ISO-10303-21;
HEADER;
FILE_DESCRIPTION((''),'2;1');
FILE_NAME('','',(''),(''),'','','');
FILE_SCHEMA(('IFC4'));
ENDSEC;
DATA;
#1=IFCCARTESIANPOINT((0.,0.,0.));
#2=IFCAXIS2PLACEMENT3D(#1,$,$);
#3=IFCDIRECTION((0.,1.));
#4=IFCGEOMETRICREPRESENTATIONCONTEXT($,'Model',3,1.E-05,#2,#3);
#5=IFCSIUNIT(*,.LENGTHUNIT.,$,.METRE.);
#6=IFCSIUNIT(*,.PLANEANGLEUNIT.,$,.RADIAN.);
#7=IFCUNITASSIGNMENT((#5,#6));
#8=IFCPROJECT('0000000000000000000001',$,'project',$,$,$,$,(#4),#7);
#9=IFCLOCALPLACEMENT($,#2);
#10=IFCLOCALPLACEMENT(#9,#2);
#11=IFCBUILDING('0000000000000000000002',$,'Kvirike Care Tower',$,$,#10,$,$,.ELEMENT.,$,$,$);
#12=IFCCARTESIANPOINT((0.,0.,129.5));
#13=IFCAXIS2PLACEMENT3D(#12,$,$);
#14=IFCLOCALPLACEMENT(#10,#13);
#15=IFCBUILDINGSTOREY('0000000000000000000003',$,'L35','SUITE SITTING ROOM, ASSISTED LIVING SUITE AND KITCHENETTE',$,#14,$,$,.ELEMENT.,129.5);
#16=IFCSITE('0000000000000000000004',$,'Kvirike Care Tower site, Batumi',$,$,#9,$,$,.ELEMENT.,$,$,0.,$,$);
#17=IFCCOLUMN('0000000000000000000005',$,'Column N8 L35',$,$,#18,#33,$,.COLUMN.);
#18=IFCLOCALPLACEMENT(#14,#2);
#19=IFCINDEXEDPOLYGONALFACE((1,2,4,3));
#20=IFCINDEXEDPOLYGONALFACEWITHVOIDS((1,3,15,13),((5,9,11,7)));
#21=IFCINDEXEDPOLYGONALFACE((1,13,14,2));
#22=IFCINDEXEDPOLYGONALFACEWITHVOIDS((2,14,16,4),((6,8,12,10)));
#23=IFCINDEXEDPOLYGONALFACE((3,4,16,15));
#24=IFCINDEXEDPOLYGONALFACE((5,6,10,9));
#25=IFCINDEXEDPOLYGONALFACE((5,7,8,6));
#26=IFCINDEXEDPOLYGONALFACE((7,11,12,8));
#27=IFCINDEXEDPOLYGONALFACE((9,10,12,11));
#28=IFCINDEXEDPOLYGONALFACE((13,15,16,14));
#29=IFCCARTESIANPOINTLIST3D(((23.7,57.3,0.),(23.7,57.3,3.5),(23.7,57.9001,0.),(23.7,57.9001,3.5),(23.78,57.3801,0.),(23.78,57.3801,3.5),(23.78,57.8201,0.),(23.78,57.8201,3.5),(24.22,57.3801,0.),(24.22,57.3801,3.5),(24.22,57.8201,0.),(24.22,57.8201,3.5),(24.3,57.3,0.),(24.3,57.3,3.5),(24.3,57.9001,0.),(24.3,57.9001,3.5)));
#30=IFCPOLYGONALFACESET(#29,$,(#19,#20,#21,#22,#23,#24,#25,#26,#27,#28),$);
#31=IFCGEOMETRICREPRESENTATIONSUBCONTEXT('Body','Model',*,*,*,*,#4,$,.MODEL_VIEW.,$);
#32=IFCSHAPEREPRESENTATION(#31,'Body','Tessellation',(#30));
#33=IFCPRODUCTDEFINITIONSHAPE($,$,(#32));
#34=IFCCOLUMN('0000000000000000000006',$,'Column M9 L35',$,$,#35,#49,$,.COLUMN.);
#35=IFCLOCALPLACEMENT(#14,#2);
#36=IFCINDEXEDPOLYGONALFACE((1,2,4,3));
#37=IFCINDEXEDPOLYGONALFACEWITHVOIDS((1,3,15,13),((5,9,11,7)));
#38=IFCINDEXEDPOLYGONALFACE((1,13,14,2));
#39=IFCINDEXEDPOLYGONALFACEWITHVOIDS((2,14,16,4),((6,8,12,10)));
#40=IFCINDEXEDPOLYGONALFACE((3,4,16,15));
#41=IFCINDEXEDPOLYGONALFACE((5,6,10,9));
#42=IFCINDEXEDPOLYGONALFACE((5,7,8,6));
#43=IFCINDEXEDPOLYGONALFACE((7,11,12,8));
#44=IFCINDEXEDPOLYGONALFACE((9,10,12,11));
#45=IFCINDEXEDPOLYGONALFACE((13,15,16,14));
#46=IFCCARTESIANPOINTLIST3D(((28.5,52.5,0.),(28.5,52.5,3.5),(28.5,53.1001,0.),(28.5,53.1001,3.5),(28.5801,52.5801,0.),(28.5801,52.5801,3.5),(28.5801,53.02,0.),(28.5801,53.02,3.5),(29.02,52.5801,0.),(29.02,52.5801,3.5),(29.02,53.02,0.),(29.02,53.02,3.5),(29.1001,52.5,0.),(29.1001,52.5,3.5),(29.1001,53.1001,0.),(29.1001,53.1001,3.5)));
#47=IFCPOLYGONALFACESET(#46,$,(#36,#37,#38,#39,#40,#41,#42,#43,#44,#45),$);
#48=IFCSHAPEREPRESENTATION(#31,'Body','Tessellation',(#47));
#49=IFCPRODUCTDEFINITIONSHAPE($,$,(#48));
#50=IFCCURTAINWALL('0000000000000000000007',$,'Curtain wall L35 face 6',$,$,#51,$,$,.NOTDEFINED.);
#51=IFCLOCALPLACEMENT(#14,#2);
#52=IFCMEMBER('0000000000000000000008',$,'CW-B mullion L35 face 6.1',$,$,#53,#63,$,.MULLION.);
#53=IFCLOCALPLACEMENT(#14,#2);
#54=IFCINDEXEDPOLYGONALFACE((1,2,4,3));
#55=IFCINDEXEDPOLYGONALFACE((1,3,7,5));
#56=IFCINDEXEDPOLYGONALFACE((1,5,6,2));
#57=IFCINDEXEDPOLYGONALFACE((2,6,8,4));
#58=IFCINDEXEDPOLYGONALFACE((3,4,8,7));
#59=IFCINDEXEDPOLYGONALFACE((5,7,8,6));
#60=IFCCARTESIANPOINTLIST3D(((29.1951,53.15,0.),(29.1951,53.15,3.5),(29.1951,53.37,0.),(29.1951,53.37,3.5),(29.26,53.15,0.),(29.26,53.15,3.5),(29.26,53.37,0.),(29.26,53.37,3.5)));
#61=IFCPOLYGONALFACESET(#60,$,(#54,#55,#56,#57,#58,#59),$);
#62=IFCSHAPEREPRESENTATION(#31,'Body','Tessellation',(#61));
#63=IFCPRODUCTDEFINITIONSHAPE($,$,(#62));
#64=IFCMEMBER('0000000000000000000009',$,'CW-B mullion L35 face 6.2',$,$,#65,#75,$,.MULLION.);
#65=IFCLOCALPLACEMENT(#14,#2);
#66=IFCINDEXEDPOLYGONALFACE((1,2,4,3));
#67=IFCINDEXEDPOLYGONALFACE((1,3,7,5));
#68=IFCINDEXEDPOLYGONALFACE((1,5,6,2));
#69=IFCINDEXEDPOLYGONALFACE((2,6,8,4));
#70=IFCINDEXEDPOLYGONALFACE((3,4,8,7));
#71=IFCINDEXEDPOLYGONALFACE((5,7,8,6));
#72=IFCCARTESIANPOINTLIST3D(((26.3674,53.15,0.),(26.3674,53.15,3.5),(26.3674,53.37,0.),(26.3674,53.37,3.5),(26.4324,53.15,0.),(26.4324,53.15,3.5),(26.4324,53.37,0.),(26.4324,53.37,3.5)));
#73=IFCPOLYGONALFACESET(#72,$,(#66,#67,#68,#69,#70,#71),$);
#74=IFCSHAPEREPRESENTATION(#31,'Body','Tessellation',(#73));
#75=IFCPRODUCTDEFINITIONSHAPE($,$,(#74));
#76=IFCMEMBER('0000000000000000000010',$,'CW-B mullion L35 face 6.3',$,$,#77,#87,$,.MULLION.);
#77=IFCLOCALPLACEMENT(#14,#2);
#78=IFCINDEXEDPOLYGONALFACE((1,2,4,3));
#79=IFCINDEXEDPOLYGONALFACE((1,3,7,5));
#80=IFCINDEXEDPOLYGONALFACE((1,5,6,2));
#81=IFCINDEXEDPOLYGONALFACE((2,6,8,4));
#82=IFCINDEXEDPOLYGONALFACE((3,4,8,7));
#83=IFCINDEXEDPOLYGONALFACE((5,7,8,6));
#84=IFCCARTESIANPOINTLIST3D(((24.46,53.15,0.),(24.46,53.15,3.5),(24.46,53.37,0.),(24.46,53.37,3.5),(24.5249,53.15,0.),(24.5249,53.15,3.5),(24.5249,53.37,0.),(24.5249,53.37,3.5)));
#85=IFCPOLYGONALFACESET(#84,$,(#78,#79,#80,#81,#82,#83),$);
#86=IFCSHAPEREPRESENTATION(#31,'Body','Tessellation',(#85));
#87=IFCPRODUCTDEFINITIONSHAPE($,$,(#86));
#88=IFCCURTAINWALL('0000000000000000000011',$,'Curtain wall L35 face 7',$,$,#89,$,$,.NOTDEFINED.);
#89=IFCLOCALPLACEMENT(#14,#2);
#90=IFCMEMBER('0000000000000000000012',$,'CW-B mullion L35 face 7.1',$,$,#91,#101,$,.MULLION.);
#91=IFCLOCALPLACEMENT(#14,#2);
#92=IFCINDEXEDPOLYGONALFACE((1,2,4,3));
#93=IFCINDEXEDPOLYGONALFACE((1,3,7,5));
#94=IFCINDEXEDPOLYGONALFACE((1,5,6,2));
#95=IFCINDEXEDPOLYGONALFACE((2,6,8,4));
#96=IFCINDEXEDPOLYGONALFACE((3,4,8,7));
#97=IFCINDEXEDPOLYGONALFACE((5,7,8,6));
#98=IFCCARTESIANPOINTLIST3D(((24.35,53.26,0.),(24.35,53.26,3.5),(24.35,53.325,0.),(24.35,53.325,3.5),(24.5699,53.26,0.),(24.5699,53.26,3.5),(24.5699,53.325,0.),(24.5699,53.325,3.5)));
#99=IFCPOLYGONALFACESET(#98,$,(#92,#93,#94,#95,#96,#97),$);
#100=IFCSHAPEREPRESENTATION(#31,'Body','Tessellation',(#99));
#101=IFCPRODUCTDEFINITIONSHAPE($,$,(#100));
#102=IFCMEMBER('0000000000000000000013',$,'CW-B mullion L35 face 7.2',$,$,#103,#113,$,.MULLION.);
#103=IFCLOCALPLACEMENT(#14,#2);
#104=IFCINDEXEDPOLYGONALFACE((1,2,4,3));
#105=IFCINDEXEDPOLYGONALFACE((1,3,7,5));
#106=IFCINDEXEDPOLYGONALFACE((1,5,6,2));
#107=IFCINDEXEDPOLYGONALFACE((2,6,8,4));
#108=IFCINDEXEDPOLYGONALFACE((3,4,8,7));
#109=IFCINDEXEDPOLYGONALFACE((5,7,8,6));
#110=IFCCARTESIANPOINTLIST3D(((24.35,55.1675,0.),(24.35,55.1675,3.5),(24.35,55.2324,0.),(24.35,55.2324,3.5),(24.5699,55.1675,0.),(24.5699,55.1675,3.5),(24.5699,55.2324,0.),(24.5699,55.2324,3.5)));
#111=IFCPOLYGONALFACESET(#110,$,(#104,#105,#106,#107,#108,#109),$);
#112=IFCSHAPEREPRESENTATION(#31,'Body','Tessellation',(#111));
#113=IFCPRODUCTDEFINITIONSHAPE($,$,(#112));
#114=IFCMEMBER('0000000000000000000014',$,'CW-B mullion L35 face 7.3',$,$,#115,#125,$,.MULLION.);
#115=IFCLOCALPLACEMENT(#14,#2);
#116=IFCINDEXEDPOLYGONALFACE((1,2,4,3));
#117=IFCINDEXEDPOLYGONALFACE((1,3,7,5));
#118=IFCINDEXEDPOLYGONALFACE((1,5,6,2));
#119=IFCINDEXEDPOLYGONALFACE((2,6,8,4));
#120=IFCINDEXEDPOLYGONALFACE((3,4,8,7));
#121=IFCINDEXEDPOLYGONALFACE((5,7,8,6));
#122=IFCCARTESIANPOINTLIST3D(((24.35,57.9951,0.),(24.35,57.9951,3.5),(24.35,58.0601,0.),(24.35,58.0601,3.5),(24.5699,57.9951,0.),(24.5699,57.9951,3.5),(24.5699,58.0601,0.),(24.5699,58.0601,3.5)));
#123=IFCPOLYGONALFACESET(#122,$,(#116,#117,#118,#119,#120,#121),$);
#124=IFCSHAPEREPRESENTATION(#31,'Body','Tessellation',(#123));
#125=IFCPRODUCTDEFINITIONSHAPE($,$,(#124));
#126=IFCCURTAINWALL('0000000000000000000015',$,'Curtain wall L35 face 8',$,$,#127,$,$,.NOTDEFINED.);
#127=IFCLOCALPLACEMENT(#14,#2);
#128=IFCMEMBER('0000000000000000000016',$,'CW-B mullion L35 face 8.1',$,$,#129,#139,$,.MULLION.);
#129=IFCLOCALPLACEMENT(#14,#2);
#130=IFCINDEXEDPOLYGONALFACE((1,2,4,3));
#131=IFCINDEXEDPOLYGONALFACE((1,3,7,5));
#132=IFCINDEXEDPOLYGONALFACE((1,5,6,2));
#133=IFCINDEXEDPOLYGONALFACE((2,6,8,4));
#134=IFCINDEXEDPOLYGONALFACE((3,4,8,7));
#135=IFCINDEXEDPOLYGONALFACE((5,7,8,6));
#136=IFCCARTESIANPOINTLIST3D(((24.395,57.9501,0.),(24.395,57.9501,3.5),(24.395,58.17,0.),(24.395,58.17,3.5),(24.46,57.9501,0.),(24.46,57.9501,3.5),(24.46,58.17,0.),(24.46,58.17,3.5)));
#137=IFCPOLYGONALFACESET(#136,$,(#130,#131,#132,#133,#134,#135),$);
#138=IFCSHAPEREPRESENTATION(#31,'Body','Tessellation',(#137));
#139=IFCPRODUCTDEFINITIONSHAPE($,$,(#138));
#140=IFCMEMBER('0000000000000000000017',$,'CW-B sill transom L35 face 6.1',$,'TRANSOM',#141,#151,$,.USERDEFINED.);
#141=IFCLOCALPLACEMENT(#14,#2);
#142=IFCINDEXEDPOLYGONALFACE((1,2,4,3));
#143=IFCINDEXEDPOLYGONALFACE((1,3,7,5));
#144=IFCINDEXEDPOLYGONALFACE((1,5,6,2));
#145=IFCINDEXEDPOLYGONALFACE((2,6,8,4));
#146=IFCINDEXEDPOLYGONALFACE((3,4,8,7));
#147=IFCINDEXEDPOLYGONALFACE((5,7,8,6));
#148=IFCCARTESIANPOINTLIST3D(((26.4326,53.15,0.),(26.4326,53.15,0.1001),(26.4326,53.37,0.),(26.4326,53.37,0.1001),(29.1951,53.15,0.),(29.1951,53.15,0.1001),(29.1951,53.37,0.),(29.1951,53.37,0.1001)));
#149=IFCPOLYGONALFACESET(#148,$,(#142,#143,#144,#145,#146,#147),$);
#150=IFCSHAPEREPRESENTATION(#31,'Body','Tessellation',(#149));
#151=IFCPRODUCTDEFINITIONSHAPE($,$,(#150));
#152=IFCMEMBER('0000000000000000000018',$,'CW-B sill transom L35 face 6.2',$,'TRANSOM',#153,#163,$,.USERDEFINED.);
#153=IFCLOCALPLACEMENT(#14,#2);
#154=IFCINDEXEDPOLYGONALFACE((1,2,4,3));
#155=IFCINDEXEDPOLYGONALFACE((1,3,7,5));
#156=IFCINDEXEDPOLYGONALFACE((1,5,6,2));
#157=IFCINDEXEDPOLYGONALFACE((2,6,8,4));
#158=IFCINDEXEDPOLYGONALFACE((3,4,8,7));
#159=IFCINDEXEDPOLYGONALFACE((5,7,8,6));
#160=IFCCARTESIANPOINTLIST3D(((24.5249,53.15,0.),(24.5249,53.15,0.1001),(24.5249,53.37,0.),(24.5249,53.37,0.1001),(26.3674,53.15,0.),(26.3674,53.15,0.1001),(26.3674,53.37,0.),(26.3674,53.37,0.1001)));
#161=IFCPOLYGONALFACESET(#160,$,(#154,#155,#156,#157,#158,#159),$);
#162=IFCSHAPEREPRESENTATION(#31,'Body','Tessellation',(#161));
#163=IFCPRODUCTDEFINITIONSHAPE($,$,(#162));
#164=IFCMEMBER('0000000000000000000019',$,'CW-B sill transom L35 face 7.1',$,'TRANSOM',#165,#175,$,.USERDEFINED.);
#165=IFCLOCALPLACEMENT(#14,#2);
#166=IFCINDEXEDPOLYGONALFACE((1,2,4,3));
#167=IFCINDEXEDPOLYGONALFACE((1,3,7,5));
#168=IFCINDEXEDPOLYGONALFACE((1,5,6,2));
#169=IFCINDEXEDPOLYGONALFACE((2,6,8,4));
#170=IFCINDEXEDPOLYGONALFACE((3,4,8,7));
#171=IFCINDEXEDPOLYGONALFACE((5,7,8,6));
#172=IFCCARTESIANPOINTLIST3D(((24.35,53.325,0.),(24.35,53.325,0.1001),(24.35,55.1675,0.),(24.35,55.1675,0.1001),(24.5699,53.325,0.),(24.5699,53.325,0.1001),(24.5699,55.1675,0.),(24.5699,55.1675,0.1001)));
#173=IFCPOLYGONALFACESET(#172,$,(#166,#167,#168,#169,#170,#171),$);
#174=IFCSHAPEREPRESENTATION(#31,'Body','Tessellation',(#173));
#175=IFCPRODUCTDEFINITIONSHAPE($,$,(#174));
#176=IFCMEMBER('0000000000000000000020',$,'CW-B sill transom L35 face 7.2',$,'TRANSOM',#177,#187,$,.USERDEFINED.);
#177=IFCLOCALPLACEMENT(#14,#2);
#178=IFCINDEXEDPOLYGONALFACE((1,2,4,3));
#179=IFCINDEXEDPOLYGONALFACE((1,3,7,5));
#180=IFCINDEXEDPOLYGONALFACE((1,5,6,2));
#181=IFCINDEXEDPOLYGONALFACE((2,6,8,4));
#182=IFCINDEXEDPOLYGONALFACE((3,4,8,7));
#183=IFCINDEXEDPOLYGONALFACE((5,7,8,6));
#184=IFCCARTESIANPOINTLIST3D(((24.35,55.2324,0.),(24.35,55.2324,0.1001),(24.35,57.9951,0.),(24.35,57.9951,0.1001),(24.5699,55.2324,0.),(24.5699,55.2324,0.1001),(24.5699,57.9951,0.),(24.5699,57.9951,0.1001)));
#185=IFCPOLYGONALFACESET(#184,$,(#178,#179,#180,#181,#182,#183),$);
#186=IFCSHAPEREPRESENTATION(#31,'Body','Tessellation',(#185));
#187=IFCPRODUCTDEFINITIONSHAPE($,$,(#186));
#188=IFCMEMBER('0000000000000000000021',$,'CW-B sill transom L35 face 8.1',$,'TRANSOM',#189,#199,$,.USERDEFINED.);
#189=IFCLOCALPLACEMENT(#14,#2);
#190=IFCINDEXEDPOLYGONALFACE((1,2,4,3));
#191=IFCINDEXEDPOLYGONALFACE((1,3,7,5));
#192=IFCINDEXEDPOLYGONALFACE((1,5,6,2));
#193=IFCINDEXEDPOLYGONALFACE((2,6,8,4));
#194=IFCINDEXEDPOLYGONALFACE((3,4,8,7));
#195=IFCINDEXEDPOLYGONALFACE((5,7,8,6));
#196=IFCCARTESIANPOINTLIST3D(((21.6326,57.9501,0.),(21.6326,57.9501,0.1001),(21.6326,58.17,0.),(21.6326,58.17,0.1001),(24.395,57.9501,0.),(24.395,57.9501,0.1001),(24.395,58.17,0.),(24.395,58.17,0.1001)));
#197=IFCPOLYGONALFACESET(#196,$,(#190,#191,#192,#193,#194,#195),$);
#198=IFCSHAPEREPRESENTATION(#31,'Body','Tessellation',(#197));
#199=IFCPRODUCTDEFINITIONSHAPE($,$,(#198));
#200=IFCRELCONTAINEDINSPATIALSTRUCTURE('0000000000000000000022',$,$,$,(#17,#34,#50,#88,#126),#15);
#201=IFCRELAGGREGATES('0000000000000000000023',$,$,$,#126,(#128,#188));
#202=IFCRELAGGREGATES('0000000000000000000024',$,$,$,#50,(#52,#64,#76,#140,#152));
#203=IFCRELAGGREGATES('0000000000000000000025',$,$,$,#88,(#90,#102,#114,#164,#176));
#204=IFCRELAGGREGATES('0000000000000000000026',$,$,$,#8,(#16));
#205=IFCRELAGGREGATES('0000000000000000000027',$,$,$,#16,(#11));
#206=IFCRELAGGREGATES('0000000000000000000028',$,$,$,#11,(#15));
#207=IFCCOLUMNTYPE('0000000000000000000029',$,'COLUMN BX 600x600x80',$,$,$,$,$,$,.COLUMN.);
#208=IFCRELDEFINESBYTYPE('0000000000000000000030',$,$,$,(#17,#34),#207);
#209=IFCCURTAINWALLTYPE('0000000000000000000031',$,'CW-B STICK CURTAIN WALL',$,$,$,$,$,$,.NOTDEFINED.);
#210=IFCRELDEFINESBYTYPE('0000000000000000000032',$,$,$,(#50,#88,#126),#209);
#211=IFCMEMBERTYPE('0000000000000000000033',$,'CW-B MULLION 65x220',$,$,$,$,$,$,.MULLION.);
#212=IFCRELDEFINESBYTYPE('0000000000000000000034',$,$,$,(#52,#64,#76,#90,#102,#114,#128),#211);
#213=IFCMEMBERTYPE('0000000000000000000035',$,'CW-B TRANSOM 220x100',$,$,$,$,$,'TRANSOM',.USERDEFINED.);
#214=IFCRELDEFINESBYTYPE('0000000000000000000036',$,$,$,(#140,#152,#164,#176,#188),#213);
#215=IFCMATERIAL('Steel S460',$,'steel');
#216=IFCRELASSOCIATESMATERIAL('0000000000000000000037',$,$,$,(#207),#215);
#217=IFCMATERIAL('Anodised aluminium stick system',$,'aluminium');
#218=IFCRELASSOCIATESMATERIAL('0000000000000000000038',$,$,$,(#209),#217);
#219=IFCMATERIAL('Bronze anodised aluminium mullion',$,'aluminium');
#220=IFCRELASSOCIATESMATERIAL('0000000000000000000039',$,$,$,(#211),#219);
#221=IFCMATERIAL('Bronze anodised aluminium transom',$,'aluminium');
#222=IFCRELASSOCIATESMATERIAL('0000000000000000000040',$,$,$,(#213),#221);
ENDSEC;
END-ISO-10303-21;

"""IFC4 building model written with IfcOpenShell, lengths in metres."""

from ifc_helpers import new_model, si_unit, direction, frame, origin, origin_2d, place, context, subcontext, project, spatial, rectangle, hollow_rectangle, extrude, material, material_profile, profile_set, type_object, element, aggregate, save


model = new_model("IFC4")

# Units and contexts
model_context = context("Model", 3, precision=1e-05, world=origin(), true_north=direction((0.0, 1.0)))
body_context = subcontext(model_context, "Body", "Model", "MODEL_VIEW")
ifc_project = project(units=[si_unit("LENGTHUNIT", "METRE"), si_unit("PLANEANGLEUNIT", "RADIAN")], contexts=[model_context])

# Site, building, storey
site_placement = place(None, origin())
site = spatial("IfcSite", under=ifc_project, at=site_placement, Name="Kvirike Care Tower site, Batumi", CompositionType="ELEMENT", RefElevation=0.0)
building_placement = place(site_placement, origin())
building = spatial("IfcBuilding", under=site, at=building_placement, Name="Kvirike Care Tower", CompositionType="ELEMENT")
storey_placement = place(building_placement, frame((0.0, 0.0, 129.5)))
storey = spatial("IfcBuildingStorey", under=building, at=storey_placement, Name="L35", Description="SUITE SITTING ROOM, ASSISTED LIVING SUITE AND KITCHENETTE", CompositionType="ELEMENT", Elevation=129.5)

# Columns
ifc_material_1 = material(Name="Steel S460", Category="steel")
ifc_material_profile_1 = material_profile(ifc_material_1, hollow_rectangle(XDim=0.6001, YDim=0.6001, WallThickness=0.0801, at=origin_2d()), Name="BX 600x600x80")
ifc_profile_set_1 = profile_set([ifc_material_profile_1], Name="Steel S460")
column_type = type_object("IfcColumnType", Name="COLUMN BX 600x600x80", PredefinedType="COLUMN", material=ifc_profile_set_1)
for number, where, z_axis, x_axis, name in (
    (1, (24.0, 57.6001, 0.0), (0.0, 0.0, 1.0), (0.0, 1.0, 0.0), "Column N8 L35"),
    (2, (28.8, 52.8, 0.0), (0.0, 0.0, 1.0), (0.0, 1.0, 0.0), "Column M9 L35"),
):
    element("IfcColumn", number, at=place(storey_placement, frame(where, z_axis=z_axis, x_axis=x_axis)), inside=storey, type_object=column_type, Name=name, PredefinedType="COLUMN", context=body_context, shape_type="SweptSolid", body=[
        extrude(hollow_rectangle(XDim=0.6001, YDim=0.6001, WallThickness=0.0801, at=origin_2d()), origin(), (0.0, 0.0, 1.0), 3.5),
    ])

# Curtain walls, members
ifc_material_2 = material(Name="Anodised aluminium stick system", Category="aluminium")
curtain_wall_type = type_object("IfcCurtainWallType", Name="CW-B STICK CURTAIN WALL", PredefinedType="NOTDEFINED", material=ifc_material_2)
curtain_wall_1_placement = place(storey_placement, origin())
curtain_wall_1 = element("IfcCurtainWall", 3, at=curtain_wall_1_placement, inside=storey, type_object=curtain_wall_type, Name="Curtain wall L35 face 6", PredefinedType="NOTDEFINED")
ifc_material_3 = material(Name="Bronze anodised aluminium mullion", Category="aluminium")
ifc_material_profile_2 = material_profile(ifc_material_3, rectangle(XDim=0.0649, YDim=0.22, at=origin_2d()), Name="CW-B MULLION 65x220")
ifc_profile_set_2 = profile_set([ifc_material_profile_2], Name="Bronze anodised aluminium mullion")
member_type_1 = type_object("IfcMemberType", Name="CW-B MULLION 65x220", PredefinedType="MULLION", material=ifc_profile_set_2)
member_1_placement = place(storey_placement, frame((29.2275, 53.26, 0.0), z_axis=(0.0, 0.0, 1.0), x_axis=(-1.0, 0.0, 0.0)))
member_1 = element("IfcMember", 4, at=member_1_placement, type_object=member_type_1, Name="CW-B mullion L35 face 6.1", PredefinedType="MULLION", context=body_context, shape_type="SweptSolid", body=[
    extrude(rectangle(XDim=0.0649, YDim=0.22, at=origin_2d()), origin(), (0.0, 0.0, 1.0), 3.5),
])
member_2_placement = place(storey_placement, frame((26.3999, 53.26, 0.0), z_axis=(0.0, 0.0, 1.0), x_axis=(-1.0, 0.0, 0.0)))
member_2 = element("IfcMember", 5, at=member_2_placement, type_object=member_type_1, Name="CW-B mullion L35 face 6.2", PredefinedType="MULLION", context=body_context, shape_type="SweptSolid", body=[
    extrude(rectangle(XDim=0.0649, YDim=0.22, at=origin_2d()), origin(), (0.0, 0.0, 1.0), 3.5),
])
member_3_placement = place(storey_placement, frame((24.4924, 53.26, 0.0), z_axis=(0.0, 0.0, 1.0), x_axis=(-1.0, 0.0, 0.0)))
member_3 = element("IfcMember", 6, at=member_3_placement, type_object=member_type_1, Name="CW-B mullion L35 face 6.3", PredefinedType="MULLION", context=body_context, shape_type="SweptSolid", body=[
    extrude(rectangle(XDim=0.0649, YDim=0.22, at=origin_2d()), origin(), (0.0, 0.0, 1.0), 3.5),
])
curtain_wall_2_placement = place(storey_placement, origin())
curtain_wall_2 = element("IfcCurtainWall", 7, at=curtain_wall_2_placement, inside=storey, type_object=curtain_wall_type, Name="Curtain wall L35 face 7", PredefinedType="NOTDEFINED")
member_4_placement = place(storey_placement, frame((24.46, 53.2925, 0.0), z_axis=(0.0, 0.0, 1.0), x_axis=(0.0, 1.0, 0.0)))
member_4 = element("IfcMember", 8, at=member_4_placement, type_object=member_type_1, Name="CW-B mullion L35 face 7.1", PredefinedType="MULLION", context=body_context, shape_type="SweptSolid", body=[
    extrude(rectangle(XDim=0.0649, YDim=0.22, at=origin_2d()), origin(), (0.0, 0.0, 1.0), 3.5),
])
member_5_placement = place(storey_placement, frame((24.46, 55.2, 0.0), z_axis=(0.0, 0.0, 1.0), x_axis=(0.0, 1.0, 0.0)))
member_5 = element("IfcMember", 9, at=member_5_placement, type_object=member_type_1, Name="CW-B mullion L35 face 7.2", PredefinedType="MULLION", context=body_context, shape_type="SweptSolid", body=[
    extrude(rectangle(XDim=0.0649, YDim=0.22, at=origin_2d()), origin(), (0.0, 0.0, 1.0), 3.5),
])
member_6_placement = place(storey_placement, frame((24.46, 58.0276, 0.0), z_axis=(0.0, 0.0, 1.0), x_axis=(0.0, 1.0, 0.0)))
member_6 = element("IfcMember", 10, at=member_6_placement, type_object=member_type_1, Name="CW-B mullion L35 face 7.3", PredefinedType="MULLION", context=body_context, shape_type="SweptSolid", body=[
    extrude(rectangle(XDim=0.0649, YDim=0.22, at=origin_2d()), origin(), (0.0, 0.0, 1.0), 3.5),
])

# Curtain wall, member
curtain_wall_3_placement = place(storey_placement, origin())
curtain_wall_3 = element("IfcCurtainWall", 11, at=curtain_wall_3_placement, inside=storey, type_object=curtain_wall_type, Name="Curtain wall L35 face 8", PredefinedType="NOTDEFINED")
member_7_placement = place(storey_placement, frame((24.4275, 58.0601, 0.0), z_axis=(0.0, 0.0, 1.0), x_axis=(-1.0, 0.0, 0.0)))
member_7 = element("IfcMember", 12, at=member_7_placement, type_object=member_type_1, Name="CW-B mullion L35 face 8.1", PredefinedType="MULLION", context=body_context, shape_type="SweptSolid", body=[
    extrude(rectangle(XDim=0.0649, YDim=0.22, at=origin_2d()), origin(), (0.0, 0.0, 1.0), 3.5),
])

# Members
ifc_material_4 = material(Name="Bronze anodised aluminium transom", Category="aluminium")
ifc_material_profile_3 = material_profile(ifc_material_4, rectangle(XDim=0.22, YDim=0.1001, at=origin_2d()), Name="CW-B TRANSOM 220x100")
ifc_profile_set_3 = profile_set([ifc_material_profile_3], Name="Bronze anodised aluminium transom")
member_type_2 = type_object("IfcMemberType", Name="CW-B TRANSOM 220x100", ElementType="TRANSOM", PredefinedType="USERDEFINED", material=ifc_profile_set_3)
member_8_placement = place(storey_placement, frame((29.1951, 53.26, 0.05), z_axis=(-1.0, 0.0, 0.0), x_axis=(0.0, -1.0, 0.0)))
member_8 = element("IfcMember", 13, at=member_8_placement, type_object=member_type_2, Name="CW-B sill transom L35 face 6.1", ObjectType="TRANSOM", PredefinedType="USERDEFINED", context=body_context, shape_type="SweptSolid", body=[
    extrude(rectangle(XDim=0.22, YDim=0.1001, at=origin_2d()), origin(), (0.0, 0.0, 1.0), 2.7625),
])
member_9_placement = place(storey_placement, frame((26.3674, 53.26, 0.05), z_axis=(-1.0, 0.0, 0.0), x_axis=(0.0, -1.0, 0.0)))
member_9 = element("IfcMember", 14, at=member_9_placement, type_object=member_type_2, Name="CW-B sill transom L35 face 6.2", ObjectType="TRANSOM", PredefinedType="USERDEFINED", context=body_context, shape_type="SweptSolid", body=[
    extrude(rectangle(XDim=0.22, YDim=0.1001, at=origin_2d()), origin(), (0.0, 0.0, 1.0), 1.8425),
])
member_10_placement = place(storey_placement, frame((24.46, 53.325, 0.05), z_axis=(0.0, 1.0, 0.0), x_axis=(-1.0, 0.0, 0.0)))
member_10 = element("IfcMember", 15, at=member_10_placement, type_object=member_type_2, Name="CW-B sill transom L35 face 7.1", ObjectType="TRANSOM", PredefinedType="USERDEFINED", context=body_context, shape_type="SweptSolid", body=[
    extrude(rectangle(XDim=0.22, YDim=0.1001, at=origin_2d()), origin(), (0.0, 0.0, 1.0), 1.8425),
])
member_11_placement = place(storey_placement, frame((24.46, 55.2324, 0.05), z_axis=(0.0, 1.0, 0.0), x_axis=(-1.0, 0.0, 0.0)))
member_11 = element("IfcMember", 16, at=member_11_placement, type_object=member_type_2, Name="CW-B sill transom L35 face 7.2", ObjectType="TRANSOM", PredefinedType="USERDEFINED", context=body_context, shape_type="SweptSolid", body=[
    extrude(rectangle(XDim=0.22, YDim=0.1001, at=origin_2d()), origin(), (0.0, 0.0, 1.0), 2.7627),
])
member_12_placement = place(storey_placement, frame((24.395, 58.0601, 0.05), z_axis=(-1.0, 0.0, 0.0), x_axis=(0.0, -1.0, 0.0)))
member_12 = element("IfcMember", 17, at=member_12_placement, type_object=member_type_2, Name="CW-B sill transom L35 face 8.1", ObjectType="TRANSOM", PredefinedType="USERDEFINED", context=body_context, shape_type="SweptSolid", body=[
    extrude(rectangle(XDim=0.22, YDim=0.1001, at=origin_2d()), origin(), (0.0, 0.0, 1.0), 2.7625),
])
aggregate(curtain_wall_3, [member_7, member_12])

aggregate(curtain_wall_1, [member_1, member_2, member_3, member_8, member_9])
aggregate(curtain_wall_2, [member_4, member_5, member_6, member_10, member_11])

save(model, "model.ifc")
